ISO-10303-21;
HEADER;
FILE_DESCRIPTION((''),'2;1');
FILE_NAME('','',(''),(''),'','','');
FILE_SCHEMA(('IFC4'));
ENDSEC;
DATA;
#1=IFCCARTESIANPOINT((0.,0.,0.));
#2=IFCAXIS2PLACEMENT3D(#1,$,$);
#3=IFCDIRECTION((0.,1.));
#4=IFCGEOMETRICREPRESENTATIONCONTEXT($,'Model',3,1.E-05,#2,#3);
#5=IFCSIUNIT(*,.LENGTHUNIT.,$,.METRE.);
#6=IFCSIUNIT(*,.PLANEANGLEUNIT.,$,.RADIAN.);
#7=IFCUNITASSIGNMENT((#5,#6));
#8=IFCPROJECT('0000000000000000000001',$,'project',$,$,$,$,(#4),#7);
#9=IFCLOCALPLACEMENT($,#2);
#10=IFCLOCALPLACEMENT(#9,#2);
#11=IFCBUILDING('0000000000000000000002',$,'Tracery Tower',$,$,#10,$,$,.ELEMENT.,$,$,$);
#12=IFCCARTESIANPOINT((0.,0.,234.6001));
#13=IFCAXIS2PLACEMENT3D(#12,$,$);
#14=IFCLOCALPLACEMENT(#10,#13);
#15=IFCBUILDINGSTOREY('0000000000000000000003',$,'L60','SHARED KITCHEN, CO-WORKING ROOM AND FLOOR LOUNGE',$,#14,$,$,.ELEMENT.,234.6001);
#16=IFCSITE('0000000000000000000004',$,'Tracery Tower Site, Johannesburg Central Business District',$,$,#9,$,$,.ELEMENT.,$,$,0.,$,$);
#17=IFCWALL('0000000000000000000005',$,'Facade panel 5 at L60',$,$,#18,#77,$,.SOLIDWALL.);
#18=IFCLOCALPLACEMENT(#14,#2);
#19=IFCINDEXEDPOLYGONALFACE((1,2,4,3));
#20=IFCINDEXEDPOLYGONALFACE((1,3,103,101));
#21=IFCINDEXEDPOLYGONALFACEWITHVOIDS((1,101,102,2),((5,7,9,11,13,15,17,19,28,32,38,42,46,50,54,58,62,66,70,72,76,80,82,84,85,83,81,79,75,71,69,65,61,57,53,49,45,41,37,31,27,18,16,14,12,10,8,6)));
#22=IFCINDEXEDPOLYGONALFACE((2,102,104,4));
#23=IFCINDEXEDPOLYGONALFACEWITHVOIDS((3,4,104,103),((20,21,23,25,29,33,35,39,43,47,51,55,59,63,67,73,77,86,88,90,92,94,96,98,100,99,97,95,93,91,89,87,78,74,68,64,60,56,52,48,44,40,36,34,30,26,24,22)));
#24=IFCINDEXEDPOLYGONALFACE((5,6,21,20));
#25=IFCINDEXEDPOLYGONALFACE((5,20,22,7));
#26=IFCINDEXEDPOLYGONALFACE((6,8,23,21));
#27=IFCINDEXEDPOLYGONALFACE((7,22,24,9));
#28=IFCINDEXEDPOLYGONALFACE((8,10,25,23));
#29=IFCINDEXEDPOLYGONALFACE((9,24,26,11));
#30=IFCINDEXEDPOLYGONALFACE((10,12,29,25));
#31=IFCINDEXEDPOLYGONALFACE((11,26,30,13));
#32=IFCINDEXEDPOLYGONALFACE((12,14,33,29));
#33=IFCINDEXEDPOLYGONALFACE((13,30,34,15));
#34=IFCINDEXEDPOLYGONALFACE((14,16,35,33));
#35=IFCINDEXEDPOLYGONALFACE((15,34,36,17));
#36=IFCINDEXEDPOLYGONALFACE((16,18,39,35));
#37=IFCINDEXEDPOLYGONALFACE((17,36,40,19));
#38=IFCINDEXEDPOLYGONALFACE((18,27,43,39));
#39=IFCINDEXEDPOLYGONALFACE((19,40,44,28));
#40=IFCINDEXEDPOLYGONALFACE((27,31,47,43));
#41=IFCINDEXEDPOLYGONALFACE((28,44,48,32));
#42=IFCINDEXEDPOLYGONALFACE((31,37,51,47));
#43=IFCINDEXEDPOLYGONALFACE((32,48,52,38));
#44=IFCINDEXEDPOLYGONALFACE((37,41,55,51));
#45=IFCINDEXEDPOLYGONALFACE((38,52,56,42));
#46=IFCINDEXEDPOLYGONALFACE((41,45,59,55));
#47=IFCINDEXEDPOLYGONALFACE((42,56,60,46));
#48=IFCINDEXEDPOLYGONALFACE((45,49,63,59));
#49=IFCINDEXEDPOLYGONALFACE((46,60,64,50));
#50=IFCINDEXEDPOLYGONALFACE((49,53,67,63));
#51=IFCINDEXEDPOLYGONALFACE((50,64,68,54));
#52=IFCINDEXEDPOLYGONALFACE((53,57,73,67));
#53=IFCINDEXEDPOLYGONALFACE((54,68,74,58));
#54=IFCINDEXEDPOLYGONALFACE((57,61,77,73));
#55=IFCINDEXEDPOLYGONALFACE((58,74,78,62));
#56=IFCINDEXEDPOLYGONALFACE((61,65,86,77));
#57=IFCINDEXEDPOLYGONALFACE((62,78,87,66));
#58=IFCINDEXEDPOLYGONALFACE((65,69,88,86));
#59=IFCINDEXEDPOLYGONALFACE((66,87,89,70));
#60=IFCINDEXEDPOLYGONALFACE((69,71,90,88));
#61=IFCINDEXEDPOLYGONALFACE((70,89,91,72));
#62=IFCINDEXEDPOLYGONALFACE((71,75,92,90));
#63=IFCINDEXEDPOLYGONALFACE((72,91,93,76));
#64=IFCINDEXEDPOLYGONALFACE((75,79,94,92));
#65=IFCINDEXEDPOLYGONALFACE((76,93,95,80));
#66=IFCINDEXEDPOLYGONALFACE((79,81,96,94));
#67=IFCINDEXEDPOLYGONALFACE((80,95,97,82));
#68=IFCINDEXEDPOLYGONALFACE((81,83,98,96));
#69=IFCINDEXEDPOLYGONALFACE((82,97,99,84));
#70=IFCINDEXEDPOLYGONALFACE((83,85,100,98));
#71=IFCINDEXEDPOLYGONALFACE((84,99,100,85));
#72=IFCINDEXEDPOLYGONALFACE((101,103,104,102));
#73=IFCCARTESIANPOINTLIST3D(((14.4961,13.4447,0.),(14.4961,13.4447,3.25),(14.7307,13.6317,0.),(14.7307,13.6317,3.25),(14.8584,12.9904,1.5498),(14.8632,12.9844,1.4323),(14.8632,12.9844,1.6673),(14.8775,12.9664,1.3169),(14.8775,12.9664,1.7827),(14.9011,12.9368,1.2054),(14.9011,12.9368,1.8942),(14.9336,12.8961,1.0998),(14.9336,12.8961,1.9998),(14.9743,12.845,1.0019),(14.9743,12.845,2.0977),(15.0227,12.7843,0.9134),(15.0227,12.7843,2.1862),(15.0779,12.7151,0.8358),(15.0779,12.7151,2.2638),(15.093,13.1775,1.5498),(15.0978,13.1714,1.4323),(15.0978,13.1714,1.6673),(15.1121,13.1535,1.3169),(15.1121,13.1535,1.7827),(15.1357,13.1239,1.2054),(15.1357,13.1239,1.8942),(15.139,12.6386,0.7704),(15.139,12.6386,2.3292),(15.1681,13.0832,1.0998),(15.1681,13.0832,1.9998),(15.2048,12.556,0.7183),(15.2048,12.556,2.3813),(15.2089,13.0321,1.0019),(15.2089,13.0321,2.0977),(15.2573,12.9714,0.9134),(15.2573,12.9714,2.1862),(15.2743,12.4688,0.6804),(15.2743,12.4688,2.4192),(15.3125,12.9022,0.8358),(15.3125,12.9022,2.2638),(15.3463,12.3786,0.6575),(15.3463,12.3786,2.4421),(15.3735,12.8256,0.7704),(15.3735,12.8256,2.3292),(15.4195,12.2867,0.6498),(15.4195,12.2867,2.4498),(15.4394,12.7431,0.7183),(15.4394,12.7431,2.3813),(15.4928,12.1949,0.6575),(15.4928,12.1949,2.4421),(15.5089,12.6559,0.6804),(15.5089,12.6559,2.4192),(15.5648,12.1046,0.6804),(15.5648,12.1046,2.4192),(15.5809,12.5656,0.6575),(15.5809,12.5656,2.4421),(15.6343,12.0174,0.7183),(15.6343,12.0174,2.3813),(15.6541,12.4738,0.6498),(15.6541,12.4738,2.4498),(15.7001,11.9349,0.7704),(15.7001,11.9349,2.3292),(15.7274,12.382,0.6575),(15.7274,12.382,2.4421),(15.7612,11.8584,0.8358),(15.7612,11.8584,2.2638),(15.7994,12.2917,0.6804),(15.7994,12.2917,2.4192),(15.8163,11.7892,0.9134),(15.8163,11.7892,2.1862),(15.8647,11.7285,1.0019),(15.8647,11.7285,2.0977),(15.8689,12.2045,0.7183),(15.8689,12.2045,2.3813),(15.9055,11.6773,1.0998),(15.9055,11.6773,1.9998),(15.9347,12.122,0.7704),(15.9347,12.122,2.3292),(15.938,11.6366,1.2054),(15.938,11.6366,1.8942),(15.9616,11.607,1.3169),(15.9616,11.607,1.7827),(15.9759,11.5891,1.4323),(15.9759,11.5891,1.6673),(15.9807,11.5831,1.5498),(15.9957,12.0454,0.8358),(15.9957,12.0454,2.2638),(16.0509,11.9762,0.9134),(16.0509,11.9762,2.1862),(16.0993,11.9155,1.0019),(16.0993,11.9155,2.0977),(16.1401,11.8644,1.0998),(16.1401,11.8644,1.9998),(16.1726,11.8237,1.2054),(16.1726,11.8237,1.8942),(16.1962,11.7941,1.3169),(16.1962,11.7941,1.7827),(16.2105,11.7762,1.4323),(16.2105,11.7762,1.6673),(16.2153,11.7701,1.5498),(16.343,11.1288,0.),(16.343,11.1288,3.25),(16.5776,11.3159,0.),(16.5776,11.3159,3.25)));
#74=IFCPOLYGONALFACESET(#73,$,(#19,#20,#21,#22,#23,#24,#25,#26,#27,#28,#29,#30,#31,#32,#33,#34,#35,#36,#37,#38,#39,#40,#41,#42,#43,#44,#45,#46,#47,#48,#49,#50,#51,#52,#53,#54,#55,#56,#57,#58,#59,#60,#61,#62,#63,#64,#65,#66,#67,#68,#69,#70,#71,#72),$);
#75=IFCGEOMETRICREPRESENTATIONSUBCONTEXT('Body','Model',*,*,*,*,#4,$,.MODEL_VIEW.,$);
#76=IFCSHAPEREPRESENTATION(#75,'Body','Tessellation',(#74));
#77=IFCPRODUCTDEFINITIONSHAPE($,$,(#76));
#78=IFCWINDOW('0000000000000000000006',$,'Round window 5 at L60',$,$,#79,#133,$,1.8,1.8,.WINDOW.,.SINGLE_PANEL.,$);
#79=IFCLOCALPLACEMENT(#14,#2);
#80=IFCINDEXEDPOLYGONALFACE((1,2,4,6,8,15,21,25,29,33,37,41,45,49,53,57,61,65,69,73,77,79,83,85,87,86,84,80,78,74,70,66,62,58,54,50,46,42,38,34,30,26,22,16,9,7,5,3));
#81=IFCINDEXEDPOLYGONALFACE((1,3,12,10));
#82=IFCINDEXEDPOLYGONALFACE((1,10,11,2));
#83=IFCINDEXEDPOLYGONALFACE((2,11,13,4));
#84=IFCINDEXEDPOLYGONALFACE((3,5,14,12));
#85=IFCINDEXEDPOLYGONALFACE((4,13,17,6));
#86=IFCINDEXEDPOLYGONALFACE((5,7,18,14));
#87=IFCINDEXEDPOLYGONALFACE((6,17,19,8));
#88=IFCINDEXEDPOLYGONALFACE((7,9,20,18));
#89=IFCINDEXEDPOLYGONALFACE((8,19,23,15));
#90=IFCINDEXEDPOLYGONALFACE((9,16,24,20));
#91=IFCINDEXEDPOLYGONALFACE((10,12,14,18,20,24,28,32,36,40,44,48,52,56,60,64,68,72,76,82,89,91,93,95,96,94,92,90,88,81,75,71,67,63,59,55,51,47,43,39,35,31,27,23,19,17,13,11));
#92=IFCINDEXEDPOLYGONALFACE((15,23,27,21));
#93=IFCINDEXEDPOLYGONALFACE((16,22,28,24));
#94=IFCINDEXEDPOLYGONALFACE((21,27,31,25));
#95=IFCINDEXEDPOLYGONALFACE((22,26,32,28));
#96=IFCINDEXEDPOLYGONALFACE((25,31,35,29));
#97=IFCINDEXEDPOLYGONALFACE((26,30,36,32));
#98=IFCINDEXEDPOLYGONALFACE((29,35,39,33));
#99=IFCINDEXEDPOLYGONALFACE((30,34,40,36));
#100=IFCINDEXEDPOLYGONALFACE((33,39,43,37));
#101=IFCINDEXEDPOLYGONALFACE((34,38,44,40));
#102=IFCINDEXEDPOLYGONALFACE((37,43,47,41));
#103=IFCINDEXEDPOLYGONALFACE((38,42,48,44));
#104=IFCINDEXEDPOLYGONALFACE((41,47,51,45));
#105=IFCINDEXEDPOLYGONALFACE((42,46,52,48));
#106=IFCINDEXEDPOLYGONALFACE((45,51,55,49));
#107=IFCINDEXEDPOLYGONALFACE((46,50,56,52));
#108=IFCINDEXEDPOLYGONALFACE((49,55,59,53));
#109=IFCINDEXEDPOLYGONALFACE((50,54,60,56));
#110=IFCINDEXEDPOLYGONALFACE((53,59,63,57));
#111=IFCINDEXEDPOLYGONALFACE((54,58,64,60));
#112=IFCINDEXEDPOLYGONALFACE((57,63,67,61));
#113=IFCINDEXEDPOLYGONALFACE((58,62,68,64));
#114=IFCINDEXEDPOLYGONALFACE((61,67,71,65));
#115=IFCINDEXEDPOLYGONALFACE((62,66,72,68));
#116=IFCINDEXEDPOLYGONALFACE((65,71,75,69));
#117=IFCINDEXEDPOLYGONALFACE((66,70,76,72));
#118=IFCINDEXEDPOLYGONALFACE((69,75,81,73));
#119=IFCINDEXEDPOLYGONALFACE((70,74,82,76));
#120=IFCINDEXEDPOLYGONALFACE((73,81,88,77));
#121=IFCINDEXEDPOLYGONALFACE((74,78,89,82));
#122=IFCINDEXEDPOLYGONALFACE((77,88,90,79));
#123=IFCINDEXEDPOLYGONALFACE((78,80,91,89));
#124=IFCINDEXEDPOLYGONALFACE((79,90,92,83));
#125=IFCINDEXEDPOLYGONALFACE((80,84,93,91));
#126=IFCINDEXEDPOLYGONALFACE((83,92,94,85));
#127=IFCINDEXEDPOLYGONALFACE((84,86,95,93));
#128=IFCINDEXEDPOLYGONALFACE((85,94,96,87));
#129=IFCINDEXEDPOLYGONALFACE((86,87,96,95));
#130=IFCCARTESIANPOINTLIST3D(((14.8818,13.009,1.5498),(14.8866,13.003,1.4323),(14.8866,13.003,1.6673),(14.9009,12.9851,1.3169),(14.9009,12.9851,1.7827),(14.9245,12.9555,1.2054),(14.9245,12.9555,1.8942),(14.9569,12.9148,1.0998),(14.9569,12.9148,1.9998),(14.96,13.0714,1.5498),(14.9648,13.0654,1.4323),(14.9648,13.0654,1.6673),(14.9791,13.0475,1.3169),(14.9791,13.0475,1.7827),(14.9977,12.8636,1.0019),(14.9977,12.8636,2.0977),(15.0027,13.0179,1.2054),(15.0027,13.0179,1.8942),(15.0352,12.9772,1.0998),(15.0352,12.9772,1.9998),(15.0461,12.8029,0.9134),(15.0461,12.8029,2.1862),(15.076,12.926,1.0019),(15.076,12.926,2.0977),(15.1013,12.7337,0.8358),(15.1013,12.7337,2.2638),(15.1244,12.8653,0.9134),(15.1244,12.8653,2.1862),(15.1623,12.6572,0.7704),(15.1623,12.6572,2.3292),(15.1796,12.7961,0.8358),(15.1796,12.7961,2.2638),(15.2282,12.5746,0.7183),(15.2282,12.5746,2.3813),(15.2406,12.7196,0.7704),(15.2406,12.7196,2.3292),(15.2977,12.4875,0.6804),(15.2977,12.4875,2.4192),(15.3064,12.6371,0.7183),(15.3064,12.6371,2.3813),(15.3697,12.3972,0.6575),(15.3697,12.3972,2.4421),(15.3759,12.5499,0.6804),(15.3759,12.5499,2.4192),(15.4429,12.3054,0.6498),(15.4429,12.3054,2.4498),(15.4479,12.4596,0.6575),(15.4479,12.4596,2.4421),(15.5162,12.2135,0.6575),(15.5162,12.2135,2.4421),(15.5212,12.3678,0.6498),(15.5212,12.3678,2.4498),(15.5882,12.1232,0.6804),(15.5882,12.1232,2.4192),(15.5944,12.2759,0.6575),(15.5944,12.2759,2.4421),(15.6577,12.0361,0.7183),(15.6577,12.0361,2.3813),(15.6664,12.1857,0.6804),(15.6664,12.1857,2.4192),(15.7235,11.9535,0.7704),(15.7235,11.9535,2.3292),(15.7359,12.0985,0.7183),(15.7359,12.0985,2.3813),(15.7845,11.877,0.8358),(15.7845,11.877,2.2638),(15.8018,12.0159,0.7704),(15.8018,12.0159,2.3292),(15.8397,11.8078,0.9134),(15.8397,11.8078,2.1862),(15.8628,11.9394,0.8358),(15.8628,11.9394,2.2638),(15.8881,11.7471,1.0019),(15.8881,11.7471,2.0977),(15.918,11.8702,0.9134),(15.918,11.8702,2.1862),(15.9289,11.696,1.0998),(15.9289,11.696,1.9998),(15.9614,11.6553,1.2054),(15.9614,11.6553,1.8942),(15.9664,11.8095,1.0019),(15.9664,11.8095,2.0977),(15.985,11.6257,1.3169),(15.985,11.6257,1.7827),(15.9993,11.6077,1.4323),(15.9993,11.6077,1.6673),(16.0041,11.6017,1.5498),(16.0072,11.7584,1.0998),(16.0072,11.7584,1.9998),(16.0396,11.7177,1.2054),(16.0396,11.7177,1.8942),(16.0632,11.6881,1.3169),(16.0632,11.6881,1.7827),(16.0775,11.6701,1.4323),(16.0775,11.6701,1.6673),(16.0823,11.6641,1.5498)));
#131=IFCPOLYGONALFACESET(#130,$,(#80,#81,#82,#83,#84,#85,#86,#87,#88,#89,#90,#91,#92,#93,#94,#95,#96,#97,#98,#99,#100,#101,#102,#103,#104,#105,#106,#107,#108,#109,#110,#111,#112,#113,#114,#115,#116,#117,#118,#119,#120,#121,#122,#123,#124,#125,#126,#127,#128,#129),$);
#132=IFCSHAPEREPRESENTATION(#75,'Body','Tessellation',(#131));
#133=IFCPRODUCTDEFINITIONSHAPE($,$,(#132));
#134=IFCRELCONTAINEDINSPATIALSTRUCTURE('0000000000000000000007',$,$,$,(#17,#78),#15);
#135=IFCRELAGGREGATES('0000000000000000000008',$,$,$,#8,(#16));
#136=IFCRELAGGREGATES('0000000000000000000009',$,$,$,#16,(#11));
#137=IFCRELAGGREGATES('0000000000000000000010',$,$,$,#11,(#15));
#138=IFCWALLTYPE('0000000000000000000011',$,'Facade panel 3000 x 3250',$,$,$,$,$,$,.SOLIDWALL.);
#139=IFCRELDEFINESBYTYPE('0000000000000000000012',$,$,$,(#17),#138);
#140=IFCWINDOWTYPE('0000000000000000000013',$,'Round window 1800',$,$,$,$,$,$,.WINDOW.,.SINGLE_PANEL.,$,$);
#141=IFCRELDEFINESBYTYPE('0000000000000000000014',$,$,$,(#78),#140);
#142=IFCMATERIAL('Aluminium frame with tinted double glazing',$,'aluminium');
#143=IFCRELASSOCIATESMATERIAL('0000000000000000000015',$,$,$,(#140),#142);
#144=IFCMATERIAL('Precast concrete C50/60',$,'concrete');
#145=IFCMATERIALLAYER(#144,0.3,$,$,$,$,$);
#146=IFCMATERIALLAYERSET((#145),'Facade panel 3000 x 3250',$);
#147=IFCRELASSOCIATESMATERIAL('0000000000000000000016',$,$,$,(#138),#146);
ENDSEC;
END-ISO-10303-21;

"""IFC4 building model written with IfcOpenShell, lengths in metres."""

from ifc_helpers import new_model, si_unit, direction, frame, frame_2d, origin, origin_2d, place, context, subcontext, project, spatial, rectangle, circle, extrude, material, layer, layer_set, type_object, element, fill, save


model = new_model("IFC4")

# Units and contexts
model_context = context("Model", 3, precision=1e-05, world=origin(), true_north=direction((0.0, 1.0)))
body_context = subcontext(model_context, "Body", "Model", "MODEL_VIEW")
ifc_project = project(units=[si_unit("LENGTHUNIT", "METRE"), si_unit("PLANEANGLEUNIT", "RADIAN")], contexts=[model_context])

# Site, building, storey
site_placement = place(None, origin())
site = spatial("IfcSite", under=ifc_project, at=site_placement, Name="Tracery Tower Site, Johannesburg Central Business District", CompositionType="ELEMENT", RefElevation=0.0)
building_placement = place(site_placement, origin())
building = spatial("IfcBuilding", under=site, at=building_placement, Name="Tracery Tower", CompositionType="ELEMENT")
storey_placement = place(building_placement, frame((0.0, 0.0, 234.6001)))
storey = spatial("IfcBuildingStorey", under=building, at=storey_placement, Name="L60", Description="SHARED KITCHEN, CO-WORKING ROOM AND FLOOR LOUNGE", CompositionType="ELEMENT", Elevation=234.6001)

# Wall, opening, window
ifc_material_1 = material(Name="Aluminium frame with tinted double glazing", Category="aluminium")
window_type = type_object("IfcWindowType", Name="Round window 1800", PartitioningType="SINGLE_PANEL", PredefinedType="WINDOW", material=ifc_material_1)
ifc_material_2 = material(Name="Precast concrete C50/60", Category="concrete")
ifc_layer_1 = layer(ifc_material_2, 0.3)
ifc_layer_set_1 = layer_set([ifc_layer_1], Name="Facade panel 3000 x 3250")
wall_type_1 = type_object("IfcWallType", Name="Facade panel 3000 x 3250", PredefinedType="SOLIDWALL", material=ifc_layer_set_1)
wall_1_placement = place(storey_placement, frame((16.4602, 11.2224, 0.0), z_axis=(0.0, 0.0, 1.0), x_axis=(-0.623498, 0.781825, 0.0)))
wall_1 = element("IfcWall", 1, at=wall_1_placement, inside=storey, type_object=wall_type_1, Name="Facade panel 5 at L60", PredefinedType="SOLIDWALL", context=body_context, shape_type="SweptSolid", body=[
    extrude(rectangle(XDim=2.9622, YDim=0.3, at=frame_2d((1.481, 0.0))), origin(), (0.0, 0.0, 1.0), 3.25),
])
opening_1_placement = place(wall_1_placement, frame((1.481, 0.0, 1.5498)))
opening_1 = element("IfcOpeningElement", 2, at=opening_1_placement, cuts=wall_1, PredefinedType="OPENING", context=body_context, shape_type="SweptSolid", body=[
    extrude(circle(Radius=0.9, at=origin_2d()), frame((0.0, 0.1599, 0.0), z_axis=(0.0, -1.0, 0.0), x_axis=(1.0, 0.0, 0.0)), (0.0, 0.0, 1.0), 0.3201),
])
window_1_placement = place(opening_1_placement, origin())
window_1 = element("IfcWindow", 3, at=window_1_placement, inside=storey, type_object=window_type, Name="Round window 5 at L60", OverallHeight=1.8, OverallWidth=1.8, PartitioningType="SINGLE_PANEL", PredefinedType="WINDOW", context=body_context, shape_type="SweptSolid", body=[
    extrude(circle(Radius=0.9, at=origin_2d()), frame((0.0, 0.1201, 0.0), z_axis=(0.0, -1.0, 0.0), x_axis=(1.0, 0.0, 0.0)), (0.0, 0.0, 1.0), 0.1001),
])
fill(opening_1, window_1)

save(model, "model.ifc")
